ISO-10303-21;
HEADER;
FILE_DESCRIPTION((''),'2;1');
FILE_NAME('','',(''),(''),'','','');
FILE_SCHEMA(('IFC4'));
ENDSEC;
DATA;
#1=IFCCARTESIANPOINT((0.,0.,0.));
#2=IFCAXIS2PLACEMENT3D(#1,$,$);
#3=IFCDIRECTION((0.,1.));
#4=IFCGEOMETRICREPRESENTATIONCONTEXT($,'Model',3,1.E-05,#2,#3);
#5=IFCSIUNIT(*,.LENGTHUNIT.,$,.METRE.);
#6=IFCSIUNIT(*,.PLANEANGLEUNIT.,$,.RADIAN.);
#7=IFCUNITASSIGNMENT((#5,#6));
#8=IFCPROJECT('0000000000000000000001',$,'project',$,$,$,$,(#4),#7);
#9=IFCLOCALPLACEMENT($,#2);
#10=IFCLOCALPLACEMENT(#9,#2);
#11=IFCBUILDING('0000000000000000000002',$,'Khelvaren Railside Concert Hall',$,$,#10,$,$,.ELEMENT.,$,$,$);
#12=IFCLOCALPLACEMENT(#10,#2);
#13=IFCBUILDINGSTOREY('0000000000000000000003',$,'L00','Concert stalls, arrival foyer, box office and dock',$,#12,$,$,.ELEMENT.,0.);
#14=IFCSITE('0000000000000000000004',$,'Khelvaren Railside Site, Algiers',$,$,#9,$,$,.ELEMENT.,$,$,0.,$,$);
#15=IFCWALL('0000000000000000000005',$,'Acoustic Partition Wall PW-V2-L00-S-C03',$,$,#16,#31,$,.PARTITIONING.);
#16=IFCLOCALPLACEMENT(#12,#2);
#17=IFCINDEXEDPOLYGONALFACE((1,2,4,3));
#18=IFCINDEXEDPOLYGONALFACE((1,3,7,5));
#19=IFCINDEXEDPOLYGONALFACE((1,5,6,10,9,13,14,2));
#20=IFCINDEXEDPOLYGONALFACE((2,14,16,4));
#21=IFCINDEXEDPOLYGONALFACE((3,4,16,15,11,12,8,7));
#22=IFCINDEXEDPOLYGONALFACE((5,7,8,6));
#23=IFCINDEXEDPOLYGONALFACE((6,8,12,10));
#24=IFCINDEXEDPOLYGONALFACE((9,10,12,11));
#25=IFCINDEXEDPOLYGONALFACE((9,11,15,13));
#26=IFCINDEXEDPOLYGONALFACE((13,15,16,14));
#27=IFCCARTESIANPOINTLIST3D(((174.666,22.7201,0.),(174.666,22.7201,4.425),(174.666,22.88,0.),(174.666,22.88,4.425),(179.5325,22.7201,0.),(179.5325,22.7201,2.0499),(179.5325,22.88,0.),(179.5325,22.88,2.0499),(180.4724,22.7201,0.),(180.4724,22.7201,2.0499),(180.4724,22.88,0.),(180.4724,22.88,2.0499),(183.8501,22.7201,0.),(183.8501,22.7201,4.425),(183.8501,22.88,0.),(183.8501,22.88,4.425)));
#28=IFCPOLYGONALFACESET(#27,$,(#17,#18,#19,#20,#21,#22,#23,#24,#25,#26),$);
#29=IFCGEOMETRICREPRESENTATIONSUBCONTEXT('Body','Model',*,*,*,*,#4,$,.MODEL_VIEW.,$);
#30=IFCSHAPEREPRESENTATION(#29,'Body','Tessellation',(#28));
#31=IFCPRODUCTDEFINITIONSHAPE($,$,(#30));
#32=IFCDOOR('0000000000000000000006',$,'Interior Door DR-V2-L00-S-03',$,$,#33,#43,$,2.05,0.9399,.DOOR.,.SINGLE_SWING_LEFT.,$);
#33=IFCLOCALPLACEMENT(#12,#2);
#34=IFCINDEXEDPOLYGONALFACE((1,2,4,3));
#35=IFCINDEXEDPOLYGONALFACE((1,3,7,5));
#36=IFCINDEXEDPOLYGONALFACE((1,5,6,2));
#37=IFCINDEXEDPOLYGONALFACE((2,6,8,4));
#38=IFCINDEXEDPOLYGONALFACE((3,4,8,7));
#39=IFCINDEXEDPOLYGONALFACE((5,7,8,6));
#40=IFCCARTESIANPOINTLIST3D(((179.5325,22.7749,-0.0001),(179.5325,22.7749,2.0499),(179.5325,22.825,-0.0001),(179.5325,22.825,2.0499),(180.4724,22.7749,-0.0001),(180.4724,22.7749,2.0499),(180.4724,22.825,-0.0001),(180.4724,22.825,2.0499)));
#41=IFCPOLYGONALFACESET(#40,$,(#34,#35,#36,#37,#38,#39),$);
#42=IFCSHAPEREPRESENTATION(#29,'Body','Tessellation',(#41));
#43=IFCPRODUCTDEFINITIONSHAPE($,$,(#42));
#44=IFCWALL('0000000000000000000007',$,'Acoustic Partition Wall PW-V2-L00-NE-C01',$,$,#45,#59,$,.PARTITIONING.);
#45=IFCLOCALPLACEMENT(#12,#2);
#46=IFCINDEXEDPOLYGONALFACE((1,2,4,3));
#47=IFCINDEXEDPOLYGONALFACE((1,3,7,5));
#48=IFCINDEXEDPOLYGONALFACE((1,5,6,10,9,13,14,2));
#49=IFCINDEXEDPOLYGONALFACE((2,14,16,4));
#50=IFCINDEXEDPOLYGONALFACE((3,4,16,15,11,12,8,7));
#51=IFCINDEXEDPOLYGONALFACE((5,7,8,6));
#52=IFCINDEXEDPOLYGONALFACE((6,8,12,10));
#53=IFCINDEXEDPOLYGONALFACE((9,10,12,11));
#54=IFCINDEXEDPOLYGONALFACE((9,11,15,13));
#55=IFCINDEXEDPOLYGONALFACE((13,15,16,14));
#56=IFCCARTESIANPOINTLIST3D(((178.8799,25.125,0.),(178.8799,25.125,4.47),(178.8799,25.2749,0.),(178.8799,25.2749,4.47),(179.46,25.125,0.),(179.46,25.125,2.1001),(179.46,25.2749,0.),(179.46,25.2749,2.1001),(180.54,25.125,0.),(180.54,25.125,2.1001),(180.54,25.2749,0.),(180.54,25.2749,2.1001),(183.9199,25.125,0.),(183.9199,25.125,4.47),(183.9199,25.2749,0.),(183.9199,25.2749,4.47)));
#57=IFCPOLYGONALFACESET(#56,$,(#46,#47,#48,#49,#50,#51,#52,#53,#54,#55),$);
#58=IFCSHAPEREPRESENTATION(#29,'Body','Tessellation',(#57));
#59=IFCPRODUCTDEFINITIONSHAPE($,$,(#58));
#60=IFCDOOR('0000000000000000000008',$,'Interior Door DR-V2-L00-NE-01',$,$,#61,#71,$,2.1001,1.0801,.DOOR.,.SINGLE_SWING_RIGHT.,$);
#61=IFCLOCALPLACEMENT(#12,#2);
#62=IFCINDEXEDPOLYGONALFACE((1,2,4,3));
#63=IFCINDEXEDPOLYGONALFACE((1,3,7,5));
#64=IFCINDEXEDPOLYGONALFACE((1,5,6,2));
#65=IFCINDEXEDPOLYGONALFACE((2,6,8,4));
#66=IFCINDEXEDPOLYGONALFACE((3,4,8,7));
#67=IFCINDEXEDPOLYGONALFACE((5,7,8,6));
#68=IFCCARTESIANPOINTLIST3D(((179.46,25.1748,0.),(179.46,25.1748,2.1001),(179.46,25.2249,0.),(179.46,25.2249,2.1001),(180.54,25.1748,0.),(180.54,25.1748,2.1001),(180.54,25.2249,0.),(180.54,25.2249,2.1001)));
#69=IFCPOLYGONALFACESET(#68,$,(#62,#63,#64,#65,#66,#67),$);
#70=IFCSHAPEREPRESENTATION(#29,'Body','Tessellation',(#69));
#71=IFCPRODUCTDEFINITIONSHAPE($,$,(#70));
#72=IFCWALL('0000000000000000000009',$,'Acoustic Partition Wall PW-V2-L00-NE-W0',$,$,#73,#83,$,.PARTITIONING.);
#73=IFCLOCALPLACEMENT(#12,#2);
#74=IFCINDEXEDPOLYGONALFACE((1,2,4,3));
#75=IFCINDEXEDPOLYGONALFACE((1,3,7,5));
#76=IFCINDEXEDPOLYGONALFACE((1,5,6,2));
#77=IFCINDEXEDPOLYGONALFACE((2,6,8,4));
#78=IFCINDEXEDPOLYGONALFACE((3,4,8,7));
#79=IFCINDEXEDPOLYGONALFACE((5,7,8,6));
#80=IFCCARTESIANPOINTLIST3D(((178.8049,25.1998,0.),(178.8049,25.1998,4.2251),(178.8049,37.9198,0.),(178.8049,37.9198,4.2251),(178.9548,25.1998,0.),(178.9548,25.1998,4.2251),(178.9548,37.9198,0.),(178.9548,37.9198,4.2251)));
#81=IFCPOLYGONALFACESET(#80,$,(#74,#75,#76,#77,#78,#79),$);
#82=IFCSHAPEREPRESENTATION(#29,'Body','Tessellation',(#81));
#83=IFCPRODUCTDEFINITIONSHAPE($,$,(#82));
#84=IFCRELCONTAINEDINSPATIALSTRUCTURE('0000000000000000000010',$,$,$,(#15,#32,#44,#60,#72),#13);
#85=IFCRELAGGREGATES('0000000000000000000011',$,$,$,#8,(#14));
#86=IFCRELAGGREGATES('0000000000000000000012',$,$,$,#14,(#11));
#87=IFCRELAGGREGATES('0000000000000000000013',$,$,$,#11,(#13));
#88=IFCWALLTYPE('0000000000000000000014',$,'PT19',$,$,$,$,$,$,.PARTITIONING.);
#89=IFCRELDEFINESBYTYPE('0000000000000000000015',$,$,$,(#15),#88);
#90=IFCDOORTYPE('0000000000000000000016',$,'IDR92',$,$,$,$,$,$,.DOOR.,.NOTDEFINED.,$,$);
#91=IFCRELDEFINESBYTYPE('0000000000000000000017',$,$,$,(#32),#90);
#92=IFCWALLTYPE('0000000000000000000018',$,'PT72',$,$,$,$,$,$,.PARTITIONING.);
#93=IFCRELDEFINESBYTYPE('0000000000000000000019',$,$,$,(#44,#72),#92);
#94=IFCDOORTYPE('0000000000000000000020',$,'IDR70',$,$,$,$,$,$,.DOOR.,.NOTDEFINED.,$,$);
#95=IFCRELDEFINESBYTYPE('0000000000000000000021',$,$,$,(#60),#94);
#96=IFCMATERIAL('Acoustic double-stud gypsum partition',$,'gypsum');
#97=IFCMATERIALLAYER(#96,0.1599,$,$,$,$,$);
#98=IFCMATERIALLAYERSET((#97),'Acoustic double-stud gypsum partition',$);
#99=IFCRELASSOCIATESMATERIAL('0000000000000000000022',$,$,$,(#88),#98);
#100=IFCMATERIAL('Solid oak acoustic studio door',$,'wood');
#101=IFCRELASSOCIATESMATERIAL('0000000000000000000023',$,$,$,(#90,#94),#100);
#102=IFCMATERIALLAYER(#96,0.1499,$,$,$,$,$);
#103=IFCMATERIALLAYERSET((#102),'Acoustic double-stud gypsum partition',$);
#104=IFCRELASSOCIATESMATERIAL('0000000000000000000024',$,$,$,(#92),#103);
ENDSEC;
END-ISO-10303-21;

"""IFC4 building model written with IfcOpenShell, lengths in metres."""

from ifc_helpers import new_model, si_unit, direction, frame, frame_2d, origin, place, context, subcontext, project, spatial, rectangle, extrude, material, layer, layer_set, type_object, element, fill, save


model = new_model("IFC4")

# Units and contexts
model_context = context("Model", 3, precision=1e-05, world=origin(), true_north=direction((0.0, 1.0)))
body_context = subcontext(model_context, "Body", "Model", "MODEL_VIEW")
ifc_project = project(units=[si_unit("LENGTHUNIT", "METRE"), si_unit("PLANEANGLEUNIT", "RADIAN")], contexts=[model_context])

# Site, building, storey
site_placement = place(None, origin())
site = spatial("IfcSite", under=ifc_project, at=site_placement, Name="Khelvaren Railside Site, Algiers", CompositionType="ELEMENT", RefElevation=0.0)
building_placement = place(site_placement, origin())
building = spatial("IfcBuilding", under=site, at=building_placement, Name="Khelvaren Railside Concert Hall", CompositionType="ELEMENT")
storey_placement = place(building_placement, origin())
storey = spatial("IfcBuildingStorey", under=building, at=storey_placement, Name="L00", Description="Concert stalls, arrival foyer, box office and dock", CompositionType="ELEMENT", Elevation=0.0)

# Walls, openings, doors
ifc_material_1 = material(Name="Acoustic double-stud gypsum partition", Category="gypsum")
ifc_layer_1 = layer(ifc_material_1, 0.1599)
ifc_layer_set_1 = layer_set([ifc_layer_1], Name="Acoustic double-stud gypsum partition")
wall_type_1 = type_object("IfcWallType", Name="PT19", PredefinedType="PARTITIONING", material=ifc_layer_set_1)
wall_1_placement = place(storey_placement, frame((174.666, 22.8, 0.0), z_axis=(0.0, 0.0, 1.0), x_axis=(1.0, 0.0, 0.0)))
wall_1 = element("IfcWall", 1, at=wall_1_placement, inside=storey, type_object=wall_type_1, Name="Acoustic Partition Wall PW-V2-L00-S-C03", PredefinedType="PARTITIONING", context=body_context, shape_type="SweptSolid", body=[
    extrude(rectangle(XDim=9.1841, YDim=0.1599, at=frame_2d((4.592, 0.0))), origin(), (0.0, 0.0, 1.0), 4.425),
])
opening_1_placement = place(wall_1_placement, frame((4.8665, 0.0, 0.0)))
opening_1 = element("IfcOpeningElement", 2, at=opening_1_placement, cuts=wall_1, PredefinedType="OPENING", context=body_context, shape_type="SweptSolid", body=[
    extrude(rectangle(XDim=0.9399, YDim=2.05, at=frame_2d((0.47, 1.0249))), frame((0.0, 0.0898, 0.0), z_axis=(0.0, -1.0, 0.0), x_axis=(1.0, 0.0, 0.0)), (0.0, 0.0, 1.0), 0.1799),
])
ifc_material_2 = material(Name="Solid oak acoustic studio door", Category="wood")
door_type_1 = type_object("IfcDoorType", Name="IDR92", OperationType="NOTDEFINED", PredefinedType="DOOR", material=ifc_material_2)
door_1_placement = place(opening_1_placement, origin())
door_1 = element("IfcDoor", 3, at=door_1_placement, inside=storey, type_object=door_type_1, Name="Interior Door DR-V2-L00-S-03", OperationType="SINGLE_SWING_LEFT", OverallHeight=2.05, OverallWidth=0.9399, PredefinedType="DOOR", context=body_context, shape_type="SweptSolid", body=[
    extrude(rectangle(XDim=0.9399, YDim=2.05, at=frame_2d((0.47, 1.0249))), frame((0.0, 0.0249, 0.0), z_axis=(0.0, -1.0, 0.0), x_axis=(1.0, 0.0, 0.0)), (0.0, 0.0, 1.0), 0.05),
])
fill(opening_1, door_1)
ifc_layer_2 = layer(ifc_material_1, 0.1499)
ifc_layer_set_2 = layer_set([ifc_layer_2], Name="Acoustic double-stud gypsum partition")
wall_type_2 = type_object("IfcWallType", Name="PT72", PredefinedType="PARTITIONING", material=ifc_layer_set_2)
wall_2_placement = place(storey_placement, frame((178.8799, 25.2, 0.0), z_axis=(0.0, 0.0, 1.0), x_axis=(1.0, 0.0, 0.0)))
wall_2 = element("IfcWall", 4, at=wall_2_placement, inside=storey, type_object=wall_type_2, Name="Acoustic Partition Wall PW-V2-L00-NE-C01", PredefinedType="PARTITIONING", context=body_context, shape_type="SweptSolid", body=[
    extrude(rectangle(XDim=5.04, YDim=0.1499, at=frame_2d((2.52, 0.0))), origin(), (0.0, 0.0, 1.0), 4.47),
])
opening_2_placement = place(wall_2_placement, frame((0.5801, 0.0, 0.0)))
opening_2 = element("IfcOpeningElement", 5, at=opening_2_placement, cuts=wall_2, PredefinedType="OPENING", context=body_context, shape_type="SweptSolid", body=[
    extrude(rectangle(XDim=1.0801, YDim=2.1001, at=frame_2d((0.54, 1.05))), frame((0.0, 0.085, 0.0), z_axis=(0.0, -1.0, 0.0), x_axis=(1.0, 0.0, 0.0)), (0.0, 0.0, 1.0), 0.1699),
])
door_type_2 = type_object("IfcDoorType", Name="IDR70", OperationType="NOTDEFINED", PredefinedType="DOOR", material=ifc_material_2)
door_2_placement = place(opening_2_placement, origin())
door_2 = element("IfcDoor", 6, at=door_2_placement, inside=storey, type_object=door_type_2, Name="Interior Door DR-V2-L00-NE-01", OperationType="SINGLE_SWING_RIGHT", OverallHeight=2.1001, OverallWidth=1.0801, PredefinedType="DOOR", context=body_context, shape_type="SweptSolid", body=[
    extrude(rectangle(XDim=1.0801, YDim=2.1001, at=frame_2d((0.54, 1.05))), frame((0.0, 0.0249, 0.0), z_axis=(0.0, -1.0, 0.0), x_axis=(1.0, 0.0, 0.0)), (0.0, 0.0, 1.0), 0.05),
])
fill(opening_2, door_2)

# Wall
wall_3_placement = place(storey_placement, frame((178.8799, 25.2, 0.0), z_axis=(0.0, 0.0, 1.0), x_axis=(0.0, 1.0, 0.0)))
element("IfcWall", 7, at=wall_3_placement, inside=storey, type_object=wall_type_2, Name="Acoustic Partition Wall PW-V2-L00-NE-W0", PredefinedType="PARTITIONING", context=body_context, shape_type="SweptSolid", body=[
    extrude(rectangle(XDim=12.72, YDim=0.1499, at=frame_2d((6.3599, 0.0))), origin(), (0.0, 0.0, 1.0), 4.2251),
])

save(model, "model.ifc")
